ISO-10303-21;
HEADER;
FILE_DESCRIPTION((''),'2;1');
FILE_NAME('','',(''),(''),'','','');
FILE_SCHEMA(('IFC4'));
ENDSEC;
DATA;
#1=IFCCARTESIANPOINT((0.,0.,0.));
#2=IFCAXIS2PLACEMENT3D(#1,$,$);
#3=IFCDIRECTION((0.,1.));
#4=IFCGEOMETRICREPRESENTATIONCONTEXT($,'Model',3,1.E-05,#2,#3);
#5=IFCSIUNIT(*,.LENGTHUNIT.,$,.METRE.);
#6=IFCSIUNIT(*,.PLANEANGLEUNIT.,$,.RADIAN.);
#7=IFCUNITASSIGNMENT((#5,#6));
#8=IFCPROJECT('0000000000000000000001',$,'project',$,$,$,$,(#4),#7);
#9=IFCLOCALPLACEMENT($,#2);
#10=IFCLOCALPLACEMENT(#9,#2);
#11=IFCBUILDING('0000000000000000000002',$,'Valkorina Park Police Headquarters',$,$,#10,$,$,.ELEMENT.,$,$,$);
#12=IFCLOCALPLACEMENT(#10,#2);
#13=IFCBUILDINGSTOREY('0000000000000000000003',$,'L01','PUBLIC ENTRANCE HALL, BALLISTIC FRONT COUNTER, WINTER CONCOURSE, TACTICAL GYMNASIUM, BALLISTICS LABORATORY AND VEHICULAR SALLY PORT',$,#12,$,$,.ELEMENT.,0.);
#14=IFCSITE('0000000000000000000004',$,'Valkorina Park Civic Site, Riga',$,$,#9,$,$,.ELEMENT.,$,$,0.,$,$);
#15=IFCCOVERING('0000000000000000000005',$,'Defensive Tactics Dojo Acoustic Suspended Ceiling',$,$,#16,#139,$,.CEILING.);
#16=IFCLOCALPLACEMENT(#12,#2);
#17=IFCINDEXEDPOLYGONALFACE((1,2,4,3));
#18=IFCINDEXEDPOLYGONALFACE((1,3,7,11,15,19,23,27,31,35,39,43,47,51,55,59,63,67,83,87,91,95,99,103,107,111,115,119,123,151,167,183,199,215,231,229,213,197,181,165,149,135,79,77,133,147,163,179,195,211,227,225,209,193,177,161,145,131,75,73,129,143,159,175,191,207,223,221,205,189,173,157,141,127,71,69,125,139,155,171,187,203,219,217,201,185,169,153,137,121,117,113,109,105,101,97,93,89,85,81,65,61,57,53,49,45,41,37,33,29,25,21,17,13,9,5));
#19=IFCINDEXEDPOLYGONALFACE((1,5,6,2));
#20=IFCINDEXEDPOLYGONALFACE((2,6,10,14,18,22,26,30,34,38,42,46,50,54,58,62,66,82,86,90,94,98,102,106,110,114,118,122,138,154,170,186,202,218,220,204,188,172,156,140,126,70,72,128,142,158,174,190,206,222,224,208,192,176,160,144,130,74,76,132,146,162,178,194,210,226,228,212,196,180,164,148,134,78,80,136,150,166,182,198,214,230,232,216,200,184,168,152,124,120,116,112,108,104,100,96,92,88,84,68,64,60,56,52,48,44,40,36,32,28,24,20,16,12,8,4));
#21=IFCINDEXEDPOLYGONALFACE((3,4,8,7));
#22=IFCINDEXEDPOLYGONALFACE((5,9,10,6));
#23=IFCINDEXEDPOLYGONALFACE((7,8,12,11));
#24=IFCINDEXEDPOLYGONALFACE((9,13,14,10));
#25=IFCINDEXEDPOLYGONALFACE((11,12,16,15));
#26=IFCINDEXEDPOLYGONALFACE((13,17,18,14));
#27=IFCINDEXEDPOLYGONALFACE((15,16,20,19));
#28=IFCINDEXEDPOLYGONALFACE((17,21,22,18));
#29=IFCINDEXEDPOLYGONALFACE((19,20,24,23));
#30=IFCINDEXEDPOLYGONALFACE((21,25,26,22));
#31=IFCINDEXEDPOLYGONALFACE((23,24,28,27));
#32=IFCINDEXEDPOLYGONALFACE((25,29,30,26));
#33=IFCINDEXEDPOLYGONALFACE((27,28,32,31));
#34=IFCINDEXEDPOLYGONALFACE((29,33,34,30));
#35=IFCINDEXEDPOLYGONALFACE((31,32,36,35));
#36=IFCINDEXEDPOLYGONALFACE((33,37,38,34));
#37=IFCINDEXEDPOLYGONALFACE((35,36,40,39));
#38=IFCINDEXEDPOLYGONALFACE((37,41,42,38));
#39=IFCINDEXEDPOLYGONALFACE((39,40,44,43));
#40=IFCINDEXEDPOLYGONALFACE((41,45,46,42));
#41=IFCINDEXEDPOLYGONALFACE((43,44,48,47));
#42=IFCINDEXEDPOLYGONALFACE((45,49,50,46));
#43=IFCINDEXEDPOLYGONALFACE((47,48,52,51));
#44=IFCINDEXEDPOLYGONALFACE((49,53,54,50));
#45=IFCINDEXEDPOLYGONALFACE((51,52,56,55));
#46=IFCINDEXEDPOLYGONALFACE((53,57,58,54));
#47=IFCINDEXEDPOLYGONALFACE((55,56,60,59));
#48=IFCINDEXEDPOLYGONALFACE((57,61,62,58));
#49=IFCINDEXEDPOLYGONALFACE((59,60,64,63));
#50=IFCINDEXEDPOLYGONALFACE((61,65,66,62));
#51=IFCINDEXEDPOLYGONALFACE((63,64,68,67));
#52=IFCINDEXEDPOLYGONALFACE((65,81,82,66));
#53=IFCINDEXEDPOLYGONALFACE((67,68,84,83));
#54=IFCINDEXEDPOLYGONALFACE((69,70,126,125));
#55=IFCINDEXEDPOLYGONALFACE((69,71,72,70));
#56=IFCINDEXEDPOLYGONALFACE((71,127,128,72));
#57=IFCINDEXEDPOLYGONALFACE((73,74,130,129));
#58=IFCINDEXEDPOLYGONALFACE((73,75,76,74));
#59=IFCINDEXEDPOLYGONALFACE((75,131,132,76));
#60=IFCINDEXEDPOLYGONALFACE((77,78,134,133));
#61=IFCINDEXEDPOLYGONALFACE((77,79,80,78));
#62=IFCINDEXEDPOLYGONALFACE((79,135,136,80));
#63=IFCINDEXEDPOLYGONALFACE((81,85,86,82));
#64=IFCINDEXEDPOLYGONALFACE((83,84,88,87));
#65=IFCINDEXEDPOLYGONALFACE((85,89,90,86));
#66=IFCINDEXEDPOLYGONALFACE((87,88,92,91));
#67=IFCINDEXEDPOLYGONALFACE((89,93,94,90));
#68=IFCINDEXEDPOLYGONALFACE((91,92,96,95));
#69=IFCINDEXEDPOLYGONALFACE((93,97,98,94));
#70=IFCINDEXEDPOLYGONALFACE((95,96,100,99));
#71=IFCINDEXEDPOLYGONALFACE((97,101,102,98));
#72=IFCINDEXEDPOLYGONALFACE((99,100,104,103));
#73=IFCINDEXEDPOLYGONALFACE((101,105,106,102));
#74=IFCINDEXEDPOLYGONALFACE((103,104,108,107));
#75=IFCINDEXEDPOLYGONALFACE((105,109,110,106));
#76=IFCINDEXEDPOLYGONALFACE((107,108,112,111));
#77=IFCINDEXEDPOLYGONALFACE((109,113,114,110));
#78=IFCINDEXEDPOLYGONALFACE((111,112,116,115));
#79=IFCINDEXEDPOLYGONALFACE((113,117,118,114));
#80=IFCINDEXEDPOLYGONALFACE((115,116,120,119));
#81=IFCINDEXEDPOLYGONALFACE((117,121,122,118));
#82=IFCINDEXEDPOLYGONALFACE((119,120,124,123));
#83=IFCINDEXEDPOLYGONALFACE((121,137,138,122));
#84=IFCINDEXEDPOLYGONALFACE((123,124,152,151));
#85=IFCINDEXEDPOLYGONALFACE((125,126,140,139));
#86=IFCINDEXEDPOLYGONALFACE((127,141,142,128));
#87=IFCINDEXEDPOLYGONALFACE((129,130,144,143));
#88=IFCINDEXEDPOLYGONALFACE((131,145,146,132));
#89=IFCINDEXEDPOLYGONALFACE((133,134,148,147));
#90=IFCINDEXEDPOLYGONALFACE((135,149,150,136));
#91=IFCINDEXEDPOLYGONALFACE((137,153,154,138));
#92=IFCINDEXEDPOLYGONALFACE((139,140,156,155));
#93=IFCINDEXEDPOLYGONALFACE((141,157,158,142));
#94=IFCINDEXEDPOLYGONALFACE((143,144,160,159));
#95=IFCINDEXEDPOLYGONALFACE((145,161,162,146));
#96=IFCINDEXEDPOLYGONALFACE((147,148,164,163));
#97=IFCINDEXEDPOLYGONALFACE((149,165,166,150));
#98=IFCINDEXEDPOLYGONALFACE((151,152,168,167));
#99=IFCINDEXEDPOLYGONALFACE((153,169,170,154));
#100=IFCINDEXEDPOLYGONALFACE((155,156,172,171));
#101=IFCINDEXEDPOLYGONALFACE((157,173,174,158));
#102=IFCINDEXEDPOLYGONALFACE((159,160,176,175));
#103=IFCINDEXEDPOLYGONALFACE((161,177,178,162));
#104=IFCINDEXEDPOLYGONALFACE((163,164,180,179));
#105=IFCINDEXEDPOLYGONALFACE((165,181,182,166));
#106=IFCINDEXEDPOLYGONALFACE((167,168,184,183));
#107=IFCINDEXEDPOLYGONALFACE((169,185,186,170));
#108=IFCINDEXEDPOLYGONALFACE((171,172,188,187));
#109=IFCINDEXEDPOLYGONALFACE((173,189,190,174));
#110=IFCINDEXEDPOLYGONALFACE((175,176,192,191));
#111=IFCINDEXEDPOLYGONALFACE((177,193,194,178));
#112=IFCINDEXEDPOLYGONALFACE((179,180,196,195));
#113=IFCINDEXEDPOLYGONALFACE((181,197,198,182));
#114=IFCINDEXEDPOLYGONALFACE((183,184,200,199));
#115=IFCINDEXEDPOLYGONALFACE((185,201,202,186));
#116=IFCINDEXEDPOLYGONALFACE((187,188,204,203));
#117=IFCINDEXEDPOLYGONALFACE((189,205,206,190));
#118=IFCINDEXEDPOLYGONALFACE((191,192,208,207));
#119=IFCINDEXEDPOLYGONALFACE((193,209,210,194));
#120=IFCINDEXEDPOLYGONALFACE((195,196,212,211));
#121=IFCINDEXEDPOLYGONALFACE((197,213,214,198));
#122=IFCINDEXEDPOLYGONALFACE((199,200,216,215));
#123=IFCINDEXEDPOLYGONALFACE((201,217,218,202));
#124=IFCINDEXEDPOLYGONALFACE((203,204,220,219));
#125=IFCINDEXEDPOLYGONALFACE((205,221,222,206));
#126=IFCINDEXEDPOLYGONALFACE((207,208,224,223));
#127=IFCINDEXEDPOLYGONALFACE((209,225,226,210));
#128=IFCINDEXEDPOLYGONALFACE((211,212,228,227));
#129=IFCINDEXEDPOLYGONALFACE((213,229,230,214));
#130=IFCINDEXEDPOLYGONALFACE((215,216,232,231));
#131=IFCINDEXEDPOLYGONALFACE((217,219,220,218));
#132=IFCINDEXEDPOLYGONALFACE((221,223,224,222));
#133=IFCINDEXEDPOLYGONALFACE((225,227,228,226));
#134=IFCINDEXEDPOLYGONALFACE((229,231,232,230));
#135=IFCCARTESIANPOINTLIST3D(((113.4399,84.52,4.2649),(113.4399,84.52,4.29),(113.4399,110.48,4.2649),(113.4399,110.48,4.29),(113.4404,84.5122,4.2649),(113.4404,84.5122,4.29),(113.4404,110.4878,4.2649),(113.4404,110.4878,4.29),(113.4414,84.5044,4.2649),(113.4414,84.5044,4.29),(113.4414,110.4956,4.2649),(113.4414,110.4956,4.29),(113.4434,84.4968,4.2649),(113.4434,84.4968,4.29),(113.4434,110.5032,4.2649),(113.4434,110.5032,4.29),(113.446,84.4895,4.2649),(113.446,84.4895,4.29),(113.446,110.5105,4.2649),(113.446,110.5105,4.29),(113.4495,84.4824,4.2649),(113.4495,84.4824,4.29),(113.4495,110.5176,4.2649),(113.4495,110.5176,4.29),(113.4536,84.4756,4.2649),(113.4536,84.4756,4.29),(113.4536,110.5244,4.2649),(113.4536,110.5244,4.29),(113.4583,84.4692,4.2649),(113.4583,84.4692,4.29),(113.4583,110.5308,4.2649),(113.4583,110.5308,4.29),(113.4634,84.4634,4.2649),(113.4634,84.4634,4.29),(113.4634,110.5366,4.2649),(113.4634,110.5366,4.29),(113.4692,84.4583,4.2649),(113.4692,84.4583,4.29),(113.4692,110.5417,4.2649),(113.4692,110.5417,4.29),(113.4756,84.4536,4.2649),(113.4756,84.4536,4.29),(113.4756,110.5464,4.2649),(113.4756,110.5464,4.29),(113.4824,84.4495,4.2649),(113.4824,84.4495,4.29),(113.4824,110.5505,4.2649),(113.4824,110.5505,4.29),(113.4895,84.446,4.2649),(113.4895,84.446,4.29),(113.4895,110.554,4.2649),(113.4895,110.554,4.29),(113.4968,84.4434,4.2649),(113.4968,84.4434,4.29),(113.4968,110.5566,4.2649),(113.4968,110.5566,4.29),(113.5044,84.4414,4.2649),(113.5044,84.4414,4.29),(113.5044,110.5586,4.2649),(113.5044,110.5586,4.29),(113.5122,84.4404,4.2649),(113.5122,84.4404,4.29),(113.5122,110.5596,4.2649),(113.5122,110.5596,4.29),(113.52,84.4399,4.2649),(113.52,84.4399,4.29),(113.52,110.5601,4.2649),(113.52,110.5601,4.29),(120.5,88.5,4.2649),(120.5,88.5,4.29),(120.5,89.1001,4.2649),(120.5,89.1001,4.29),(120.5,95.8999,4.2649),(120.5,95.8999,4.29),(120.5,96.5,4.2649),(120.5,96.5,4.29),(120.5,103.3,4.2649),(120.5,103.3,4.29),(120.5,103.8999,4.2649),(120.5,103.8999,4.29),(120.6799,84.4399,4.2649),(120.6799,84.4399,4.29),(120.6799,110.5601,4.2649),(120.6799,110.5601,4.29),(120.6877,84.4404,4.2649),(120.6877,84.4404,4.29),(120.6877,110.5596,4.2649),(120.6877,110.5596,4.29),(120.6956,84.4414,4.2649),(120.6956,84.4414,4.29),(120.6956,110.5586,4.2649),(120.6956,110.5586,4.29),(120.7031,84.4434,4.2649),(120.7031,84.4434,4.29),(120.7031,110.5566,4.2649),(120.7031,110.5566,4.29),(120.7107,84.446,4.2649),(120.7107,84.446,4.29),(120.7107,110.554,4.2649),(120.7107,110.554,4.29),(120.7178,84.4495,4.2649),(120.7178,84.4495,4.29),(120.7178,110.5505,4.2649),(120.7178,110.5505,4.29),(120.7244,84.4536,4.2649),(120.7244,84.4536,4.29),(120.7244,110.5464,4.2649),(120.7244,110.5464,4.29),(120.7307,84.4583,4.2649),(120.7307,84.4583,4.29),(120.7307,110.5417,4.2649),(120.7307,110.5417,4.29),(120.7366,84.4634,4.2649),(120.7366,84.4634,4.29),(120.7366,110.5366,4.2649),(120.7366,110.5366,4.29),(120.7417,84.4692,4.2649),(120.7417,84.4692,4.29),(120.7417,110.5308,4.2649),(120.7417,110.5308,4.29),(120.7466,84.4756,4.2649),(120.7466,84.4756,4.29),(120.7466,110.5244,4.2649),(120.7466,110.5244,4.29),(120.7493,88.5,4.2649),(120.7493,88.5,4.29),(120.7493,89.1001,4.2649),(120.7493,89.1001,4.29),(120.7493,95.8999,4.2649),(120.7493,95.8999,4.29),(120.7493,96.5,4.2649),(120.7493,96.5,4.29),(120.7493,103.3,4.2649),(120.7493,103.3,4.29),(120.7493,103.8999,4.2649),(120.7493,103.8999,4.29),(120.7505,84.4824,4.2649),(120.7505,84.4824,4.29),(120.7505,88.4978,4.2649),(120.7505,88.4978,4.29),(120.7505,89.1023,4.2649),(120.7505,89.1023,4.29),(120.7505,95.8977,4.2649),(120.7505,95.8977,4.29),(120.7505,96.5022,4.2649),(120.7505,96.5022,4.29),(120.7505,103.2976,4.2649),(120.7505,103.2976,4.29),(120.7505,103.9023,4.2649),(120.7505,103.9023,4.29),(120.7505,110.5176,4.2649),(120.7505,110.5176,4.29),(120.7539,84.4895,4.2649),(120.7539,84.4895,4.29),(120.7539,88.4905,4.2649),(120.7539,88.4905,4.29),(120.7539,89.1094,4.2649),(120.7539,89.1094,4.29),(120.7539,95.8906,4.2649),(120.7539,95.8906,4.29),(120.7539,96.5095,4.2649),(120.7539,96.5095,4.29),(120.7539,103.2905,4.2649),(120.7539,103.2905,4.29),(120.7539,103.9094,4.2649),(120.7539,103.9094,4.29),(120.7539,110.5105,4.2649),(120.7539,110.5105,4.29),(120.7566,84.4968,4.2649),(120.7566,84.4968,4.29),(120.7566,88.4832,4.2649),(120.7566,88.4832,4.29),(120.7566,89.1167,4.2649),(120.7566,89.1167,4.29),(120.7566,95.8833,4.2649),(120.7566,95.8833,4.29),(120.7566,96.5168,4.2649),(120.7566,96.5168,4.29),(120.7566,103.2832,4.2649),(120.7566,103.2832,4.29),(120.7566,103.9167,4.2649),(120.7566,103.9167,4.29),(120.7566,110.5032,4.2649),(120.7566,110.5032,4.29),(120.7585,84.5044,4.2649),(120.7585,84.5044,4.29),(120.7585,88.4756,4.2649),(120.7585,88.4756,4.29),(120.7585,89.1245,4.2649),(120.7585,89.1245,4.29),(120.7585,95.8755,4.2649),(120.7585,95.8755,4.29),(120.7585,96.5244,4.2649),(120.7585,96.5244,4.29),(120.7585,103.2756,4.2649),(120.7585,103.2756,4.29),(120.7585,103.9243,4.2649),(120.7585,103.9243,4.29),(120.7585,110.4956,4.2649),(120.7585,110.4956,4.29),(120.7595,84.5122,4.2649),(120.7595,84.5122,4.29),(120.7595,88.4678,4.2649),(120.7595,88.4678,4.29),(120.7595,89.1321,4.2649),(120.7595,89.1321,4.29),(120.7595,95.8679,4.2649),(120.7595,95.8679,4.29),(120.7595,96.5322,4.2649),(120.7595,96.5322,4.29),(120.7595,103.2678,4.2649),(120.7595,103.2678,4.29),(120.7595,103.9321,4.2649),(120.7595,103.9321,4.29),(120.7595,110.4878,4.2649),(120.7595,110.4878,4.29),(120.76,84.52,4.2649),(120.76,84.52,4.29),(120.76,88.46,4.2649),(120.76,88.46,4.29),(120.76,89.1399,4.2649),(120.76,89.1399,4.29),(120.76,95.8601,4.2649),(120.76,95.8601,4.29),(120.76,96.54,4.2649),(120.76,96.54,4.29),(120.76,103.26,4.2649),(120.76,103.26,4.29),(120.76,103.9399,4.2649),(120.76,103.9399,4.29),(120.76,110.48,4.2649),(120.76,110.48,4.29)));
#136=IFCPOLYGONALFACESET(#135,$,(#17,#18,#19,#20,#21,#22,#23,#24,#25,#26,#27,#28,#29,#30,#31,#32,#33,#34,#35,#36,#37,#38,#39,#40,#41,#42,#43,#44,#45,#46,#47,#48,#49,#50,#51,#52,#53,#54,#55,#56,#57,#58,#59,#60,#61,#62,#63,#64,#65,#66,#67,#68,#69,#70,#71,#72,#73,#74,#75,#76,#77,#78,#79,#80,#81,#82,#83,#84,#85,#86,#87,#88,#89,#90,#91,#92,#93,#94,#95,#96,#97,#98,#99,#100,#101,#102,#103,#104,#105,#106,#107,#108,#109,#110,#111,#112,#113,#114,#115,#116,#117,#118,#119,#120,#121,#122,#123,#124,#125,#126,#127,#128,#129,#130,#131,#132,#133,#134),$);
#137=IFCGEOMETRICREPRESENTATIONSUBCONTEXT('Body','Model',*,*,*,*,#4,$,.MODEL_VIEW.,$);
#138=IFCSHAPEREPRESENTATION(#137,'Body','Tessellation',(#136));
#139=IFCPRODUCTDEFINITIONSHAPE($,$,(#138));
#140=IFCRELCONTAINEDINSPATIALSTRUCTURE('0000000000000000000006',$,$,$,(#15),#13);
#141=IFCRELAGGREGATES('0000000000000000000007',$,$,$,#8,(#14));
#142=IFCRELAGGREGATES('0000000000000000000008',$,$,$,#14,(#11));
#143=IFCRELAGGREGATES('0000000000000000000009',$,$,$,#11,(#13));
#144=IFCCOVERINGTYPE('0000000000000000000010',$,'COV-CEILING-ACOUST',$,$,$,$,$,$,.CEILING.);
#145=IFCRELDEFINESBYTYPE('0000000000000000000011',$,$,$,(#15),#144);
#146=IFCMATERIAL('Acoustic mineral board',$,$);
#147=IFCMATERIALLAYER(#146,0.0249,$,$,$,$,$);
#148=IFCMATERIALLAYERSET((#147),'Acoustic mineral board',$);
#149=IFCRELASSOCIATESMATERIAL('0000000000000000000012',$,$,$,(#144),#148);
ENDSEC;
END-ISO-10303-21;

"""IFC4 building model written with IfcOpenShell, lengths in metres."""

from ifc_helpers import new_model, si_unit, direction, frame, origin, place, context, subcontext, project, spatial, polyline, outline, extrude, material, layer, layer_set, type_object, element, save


model = new_model("IFC4")

# Units and contexts
model_context = context("Model", 3, precision=1e-05, world=origin(), true_north=direction((0.0, 1.0)))
body_context = subcontext(model_context, "Body", "Model", "MODEL_VIEW")
ifc_project = project(units=[si_unit("LENGTHUNIT", "METRE"), si_unit("PLANEANGLEUNIT", "RADIAN")], contexts=[model_context])

# Site, building, storey
site_placement = place(None, origin())
site = spatial("IfcSite", under=ifc_project, at=site_placement, Name="Valkorina Park Civic Site, Riga", CompositionType="ELEMENT", RefElevation=0.0)
building_placement = place(site_placement, origin())
building = spatial("IfcBuilding", under=site, at=building_placement, Name="Valkorina Park Police Headquarters", CompositionType="ELEMENT")
storey_placement = place(building_placement, origin())
storey = spatial("IfcBuildingStorey", under=building, at=storey_placement, Name="L01", Description="PUBLIC ENTRANCE HALL, BALLISTIC FRONT COUNTER, WINTER CONCOURSE, TACTICAL GYMNASIUM, BALLISTICS LABORATORY AND VEHICULAR SALLY PORT", CompositionType="ELEMENT", Elevation=0.0)

# Covering
ifc_material_1 = material(Name="Acoustic mineral board")
ifc_layer_1 = layer(ifc_material_1, 0.0249)
ifc_layer_set_1 = layer_set([ifc_layer_1], Name="Acoustic mineral board")
covering_type_1 = type_object("IfcCoveringType", Name="COV-CEILING-ACOUST", PredefinedType="CEILING", material=ifc_layer_set_1)
covering_1_placement = place(storey_placement, frame((0.0, 0.0, 4.2649)))
element("IfcCovering", 1, at=covering_1_placement, inside=storey, type_object=covering_type_1, Name="Defensive Tactics Dojo Acoustic Suspended Ceiling", PredefinedType="CEILING", context=body_context, shape_type="SweptSolid", body=[
    extrude(outline(polyline([(120.7585, 103.9243), (120.7595, 103.9321), (120.76, 103.9399), (120.76, 110.48), (120.7595, 110.4878), (120.7585, 110.4956), (120.7566, 110.5032), (120.7539, 110.5105), (120.7505, 110.5176), (120.7466, 110.5244), (120.7417, 110.5308), (120.7366, 110.5366), (120.7307, 110.5417), (120.7244, 110.5464), (120.7178, 110.5505), (120.7107, 110.554), (120.7031, 110.5566), (120.6956, 110.5586), (120.6877, 110.5596), (120.6799, 110.5601), (113.52, 110.5601), (113.5122, 110.5596), (113.5044, 110.5586), (113.4968, 110.5566), (113.4895, 110.554), (113.4824, 110.5505), (113.4756, 110.5464), (113.4692, 110.5417), (113.4634, 110.5366), (113.4583, 110.5308), (113.4536, 110.5244), (113.4495, 110.5176), (113.446, 110.5105), (113.4434, 110.5032), (113.4414, 110.4956), (113.4404, 110.4878), (113.4399, 110.48), (113.4399, 84.52), (113.4404, 84.5122), (113.4414, 84.5044), (113.4434, 84.4968), (113.446, 84.4895), (113.4495, 84.4824), (113.4536, 84.4756), (113.4583, 84.4692), (113.4634, 84.4634), (113.4692, 84.4583), (113.4756, 84.4536), (113.4824, 84.4495), (113.4895, 84.446), (113.4968, 84.4434), (113.5044, 84.4414), (113.5122, 84.4404), (113.52, 84.4399), (120.6799, 84.4399), (120.6877, 84.4404), (120.6956, 84.4414), (120.7031, 84.4434), (120.7107, 84.446), (120.7178, 84.4495), (120.7244, 84.4536), (120.7307, 84.4583), (120.7366, 84.4634), (120.7417, 84.4692), (120.7466, 84.4756), (120.7505, 84.4824), (120.7539, 84.4895), (120.7566, 84.4968), (120.7585, 84.5044), (120.7595, 84.5122), (120.76, 84.52), (120.76, 88.46), (120.7595, 88.4678), (120.7585, 88.4756), (120.7566, 88.4832), (120.7539, 88.4905), (120.7505, 88.4978), (120.7493, 88.5), (120.5, 88.5), (120.5, 89.1001), (120.7493, 89.1001), (120.7505, 89.1023), (120.7539, 89.1094), (120.7566, 89.1167), (120.7585, 89.1245), (120.7595, 89.1321), (120.76, 89.1399), (120.76, 95.8601), (120.7595, 95.8679), (120.7585, 95.8755), (120.7566, 95.8833), (120.7539, 95.8906), (120.7505, 95.8977), (120.7493, 95.8999), (120.5, 95.8999), (120.5, 96.5), (120.7493, 96.5), (120.7505, 96.5022), (120.7539, 96.5095), (120.7566, 96.5168), (120.7585, 96.5244), (120.7595, 96.5322), (120.76, 96.54), (120.76, 103.26), (120.7595, 103.2678), (120.7585, 103.2756), (120.7566, 103.2832), (120.7539, 103.2905), (120.7505, 103.2976), (120.7493, 103.3), (120.5, 103.3), (120.5, 103.8999), (120.7493, 103.8999), (120.7505, 103.9023), (120.7539, 103.9094), (120.7566, 103.9167), (120.7585, 103.9243)])), origin(), (0.0, 0.0, 1.0), 0.0251),
])

save(model, "model.ifc")
